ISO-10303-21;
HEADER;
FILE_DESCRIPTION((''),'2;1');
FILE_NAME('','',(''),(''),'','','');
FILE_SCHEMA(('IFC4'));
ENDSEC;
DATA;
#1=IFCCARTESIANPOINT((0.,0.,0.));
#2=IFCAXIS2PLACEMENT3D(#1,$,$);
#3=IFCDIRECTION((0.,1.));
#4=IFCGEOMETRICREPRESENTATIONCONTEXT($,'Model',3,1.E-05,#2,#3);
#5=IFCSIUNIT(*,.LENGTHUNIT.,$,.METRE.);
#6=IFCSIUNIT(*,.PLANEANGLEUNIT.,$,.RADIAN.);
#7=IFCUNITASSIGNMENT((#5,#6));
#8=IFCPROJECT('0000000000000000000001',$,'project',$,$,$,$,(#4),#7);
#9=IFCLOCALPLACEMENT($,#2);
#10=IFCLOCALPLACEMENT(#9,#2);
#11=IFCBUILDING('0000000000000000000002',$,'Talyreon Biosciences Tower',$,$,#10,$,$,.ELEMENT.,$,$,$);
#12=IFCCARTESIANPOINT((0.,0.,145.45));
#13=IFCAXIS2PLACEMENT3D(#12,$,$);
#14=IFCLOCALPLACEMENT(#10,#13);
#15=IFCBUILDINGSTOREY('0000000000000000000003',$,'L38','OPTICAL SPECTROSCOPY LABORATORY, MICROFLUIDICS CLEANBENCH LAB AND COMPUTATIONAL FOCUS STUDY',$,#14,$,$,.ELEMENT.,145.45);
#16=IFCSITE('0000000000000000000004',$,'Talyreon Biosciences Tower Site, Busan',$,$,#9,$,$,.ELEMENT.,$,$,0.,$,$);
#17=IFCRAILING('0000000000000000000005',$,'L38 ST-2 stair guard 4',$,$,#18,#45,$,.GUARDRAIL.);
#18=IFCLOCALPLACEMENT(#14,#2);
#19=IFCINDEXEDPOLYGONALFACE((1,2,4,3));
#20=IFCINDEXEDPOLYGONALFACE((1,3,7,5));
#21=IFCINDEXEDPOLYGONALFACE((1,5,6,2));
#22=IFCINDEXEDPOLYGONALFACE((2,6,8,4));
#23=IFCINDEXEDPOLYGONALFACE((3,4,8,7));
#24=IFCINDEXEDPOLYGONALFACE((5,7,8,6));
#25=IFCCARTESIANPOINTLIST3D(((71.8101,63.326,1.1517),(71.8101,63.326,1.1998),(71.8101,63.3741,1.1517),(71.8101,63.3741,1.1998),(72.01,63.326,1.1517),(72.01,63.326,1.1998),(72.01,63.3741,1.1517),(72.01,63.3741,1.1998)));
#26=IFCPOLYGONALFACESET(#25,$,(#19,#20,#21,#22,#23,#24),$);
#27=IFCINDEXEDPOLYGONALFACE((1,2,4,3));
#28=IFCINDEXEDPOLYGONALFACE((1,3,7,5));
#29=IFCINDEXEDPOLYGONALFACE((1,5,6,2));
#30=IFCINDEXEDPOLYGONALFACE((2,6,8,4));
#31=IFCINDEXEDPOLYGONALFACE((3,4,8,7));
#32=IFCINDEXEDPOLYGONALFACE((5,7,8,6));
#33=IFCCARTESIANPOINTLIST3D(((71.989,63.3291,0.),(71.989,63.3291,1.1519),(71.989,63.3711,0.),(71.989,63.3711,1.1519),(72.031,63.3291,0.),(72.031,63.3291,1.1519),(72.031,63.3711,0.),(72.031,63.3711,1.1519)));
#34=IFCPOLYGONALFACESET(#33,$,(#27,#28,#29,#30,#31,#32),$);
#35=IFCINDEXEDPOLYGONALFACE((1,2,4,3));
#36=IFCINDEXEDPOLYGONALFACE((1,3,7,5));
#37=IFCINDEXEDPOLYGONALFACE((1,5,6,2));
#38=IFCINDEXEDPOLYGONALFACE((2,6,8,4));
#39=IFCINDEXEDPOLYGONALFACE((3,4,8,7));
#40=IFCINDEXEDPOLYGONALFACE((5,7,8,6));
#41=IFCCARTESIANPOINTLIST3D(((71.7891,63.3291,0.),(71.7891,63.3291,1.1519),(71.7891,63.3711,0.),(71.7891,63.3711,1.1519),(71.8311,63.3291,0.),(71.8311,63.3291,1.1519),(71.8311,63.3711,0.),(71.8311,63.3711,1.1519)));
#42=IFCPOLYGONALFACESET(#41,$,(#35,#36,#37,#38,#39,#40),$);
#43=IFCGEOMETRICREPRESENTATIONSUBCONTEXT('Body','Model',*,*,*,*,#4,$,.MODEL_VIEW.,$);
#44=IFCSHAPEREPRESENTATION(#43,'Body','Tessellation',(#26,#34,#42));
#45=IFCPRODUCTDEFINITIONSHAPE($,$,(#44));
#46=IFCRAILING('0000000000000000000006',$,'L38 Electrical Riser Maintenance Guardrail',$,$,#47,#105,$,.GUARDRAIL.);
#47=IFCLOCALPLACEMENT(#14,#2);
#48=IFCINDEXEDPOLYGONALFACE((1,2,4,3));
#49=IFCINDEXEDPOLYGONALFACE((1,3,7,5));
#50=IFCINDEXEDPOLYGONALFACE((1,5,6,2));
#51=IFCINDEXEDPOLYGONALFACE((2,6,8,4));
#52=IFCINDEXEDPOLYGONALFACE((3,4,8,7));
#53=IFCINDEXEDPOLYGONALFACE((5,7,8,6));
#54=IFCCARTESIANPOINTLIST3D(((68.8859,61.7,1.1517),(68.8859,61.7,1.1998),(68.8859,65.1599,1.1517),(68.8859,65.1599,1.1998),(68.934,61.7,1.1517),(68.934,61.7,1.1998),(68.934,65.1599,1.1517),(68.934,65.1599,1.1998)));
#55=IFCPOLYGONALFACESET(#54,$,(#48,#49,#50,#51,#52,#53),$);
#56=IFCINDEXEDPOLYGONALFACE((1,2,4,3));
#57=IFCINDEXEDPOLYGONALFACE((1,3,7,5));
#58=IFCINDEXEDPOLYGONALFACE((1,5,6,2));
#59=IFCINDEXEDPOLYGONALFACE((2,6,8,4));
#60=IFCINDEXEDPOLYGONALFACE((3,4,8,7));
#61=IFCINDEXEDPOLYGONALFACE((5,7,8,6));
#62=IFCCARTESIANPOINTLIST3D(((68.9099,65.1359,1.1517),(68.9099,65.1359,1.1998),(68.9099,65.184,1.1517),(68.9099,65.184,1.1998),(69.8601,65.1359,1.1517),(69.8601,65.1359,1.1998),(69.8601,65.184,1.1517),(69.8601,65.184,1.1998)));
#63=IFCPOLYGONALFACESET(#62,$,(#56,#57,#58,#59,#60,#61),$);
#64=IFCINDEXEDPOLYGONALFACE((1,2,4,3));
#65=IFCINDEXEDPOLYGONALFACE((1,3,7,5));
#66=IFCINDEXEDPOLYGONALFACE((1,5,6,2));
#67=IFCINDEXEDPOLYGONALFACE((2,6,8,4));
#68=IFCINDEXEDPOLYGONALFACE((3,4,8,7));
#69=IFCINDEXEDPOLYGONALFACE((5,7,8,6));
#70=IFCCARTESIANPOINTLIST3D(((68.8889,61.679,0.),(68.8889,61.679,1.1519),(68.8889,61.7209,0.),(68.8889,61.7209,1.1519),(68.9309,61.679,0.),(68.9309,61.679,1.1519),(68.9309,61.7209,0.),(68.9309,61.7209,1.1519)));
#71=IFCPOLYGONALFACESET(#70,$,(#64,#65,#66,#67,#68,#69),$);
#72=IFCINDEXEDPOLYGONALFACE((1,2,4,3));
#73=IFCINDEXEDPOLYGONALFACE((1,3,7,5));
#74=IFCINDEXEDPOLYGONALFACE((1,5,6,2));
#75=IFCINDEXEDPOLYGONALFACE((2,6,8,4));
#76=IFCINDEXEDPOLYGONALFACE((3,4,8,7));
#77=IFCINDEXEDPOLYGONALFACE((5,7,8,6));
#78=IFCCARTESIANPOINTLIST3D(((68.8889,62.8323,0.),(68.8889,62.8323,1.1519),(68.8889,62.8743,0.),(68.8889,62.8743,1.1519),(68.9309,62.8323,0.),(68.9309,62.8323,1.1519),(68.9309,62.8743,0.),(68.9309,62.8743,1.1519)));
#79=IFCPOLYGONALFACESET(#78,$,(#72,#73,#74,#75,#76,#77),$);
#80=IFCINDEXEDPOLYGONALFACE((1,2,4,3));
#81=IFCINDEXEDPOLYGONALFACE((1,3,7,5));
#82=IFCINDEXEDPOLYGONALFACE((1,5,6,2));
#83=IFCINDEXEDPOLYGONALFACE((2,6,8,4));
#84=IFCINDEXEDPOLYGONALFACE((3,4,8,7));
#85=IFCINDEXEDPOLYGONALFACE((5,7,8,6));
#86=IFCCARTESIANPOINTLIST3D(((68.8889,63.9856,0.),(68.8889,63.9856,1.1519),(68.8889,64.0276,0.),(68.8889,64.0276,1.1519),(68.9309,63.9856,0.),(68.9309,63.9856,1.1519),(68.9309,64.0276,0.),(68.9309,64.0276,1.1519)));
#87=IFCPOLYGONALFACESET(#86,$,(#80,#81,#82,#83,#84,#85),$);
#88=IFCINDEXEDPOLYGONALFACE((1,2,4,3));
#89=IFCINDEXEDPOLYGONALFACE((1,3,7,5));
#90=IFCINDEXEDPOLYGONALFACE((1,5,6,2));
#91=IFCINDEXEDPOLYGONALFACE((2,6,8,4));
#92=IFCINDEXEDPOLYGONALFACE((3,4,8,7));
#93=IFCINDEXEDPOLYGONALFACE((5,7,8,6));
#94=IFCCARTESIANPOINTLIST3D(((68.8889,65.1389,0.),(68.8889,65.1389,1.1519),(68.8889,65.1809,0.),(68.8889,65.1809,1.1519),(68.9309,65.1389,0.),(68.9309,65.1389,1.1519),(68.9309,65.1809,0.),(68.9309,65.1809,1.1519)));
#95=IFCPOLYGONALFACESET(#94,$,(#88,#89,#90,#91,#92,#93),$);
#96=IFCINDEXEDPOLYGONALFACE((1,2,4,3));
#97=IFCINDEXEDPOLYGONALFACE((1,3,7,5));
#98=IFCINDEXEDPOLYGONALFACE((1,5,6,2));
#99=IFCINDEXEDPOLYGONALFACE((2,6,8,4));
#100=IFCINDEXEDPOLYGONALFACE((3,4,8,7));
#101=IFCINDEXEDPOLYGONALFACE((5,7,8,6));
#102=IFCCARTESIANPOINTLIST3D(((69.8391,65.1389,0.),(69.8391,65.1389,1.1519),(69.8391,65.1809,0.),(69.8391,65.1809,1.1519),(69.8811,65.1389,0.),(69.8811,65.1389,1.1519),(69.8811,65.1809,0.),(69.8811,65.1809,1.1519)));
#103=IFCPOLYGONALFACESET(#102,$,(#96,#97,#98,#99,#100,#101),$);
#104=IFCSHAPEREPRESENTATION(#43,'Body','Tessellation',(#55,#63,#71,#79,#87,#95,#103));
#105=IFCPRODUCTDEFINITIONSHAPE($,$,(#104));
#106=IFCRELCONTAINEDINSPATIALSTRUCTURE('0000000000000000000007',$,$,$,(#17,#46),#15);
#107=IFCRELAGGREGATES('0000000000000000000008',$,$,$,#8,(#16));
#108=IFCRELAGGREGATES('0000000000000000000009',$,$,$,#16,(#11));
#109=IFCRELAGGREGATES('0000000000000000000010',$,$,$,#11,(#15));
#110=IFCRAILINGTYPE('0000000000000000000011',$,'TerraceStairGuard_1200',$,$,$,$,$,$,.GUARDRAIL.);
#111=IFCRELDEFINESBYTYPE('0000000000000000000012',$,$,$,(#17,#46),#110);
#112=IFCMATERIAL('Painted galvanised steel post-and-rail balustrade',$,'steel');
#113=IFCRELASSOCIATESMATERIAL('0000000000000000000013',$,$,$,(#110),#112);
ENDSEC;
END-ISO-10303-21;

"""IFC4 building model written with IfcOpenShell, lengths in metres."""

from ifc_helpers import new_model, si_unit, direction, frame, origin, origin_2d, place, context, subcontext, project, spatial, rectangle, extrude, material, type_object, element, save


model = new_model("IFC4")

# Units and contexts
model_context = context("Model", 3, precision=1e-05, world=origin(), true_north=direction((0.0, 1.0)))
body_context = subcontext(model_context, "Body", "Model", "MODEL_VIEW")
ifc_project = project(units=[si_unit("LENGTHUNIT", "METRE"), si_unit("PLANEANGLEUNIT", "RADIAN")], contexts=[model_context])

# Site, building, storey
site_placement = place(None, origin())
site = spatial("IfcSite", under=ifc_project, at=site_placement, Name="Talyreon Biosciences Tower Site, Busan", CompositionType="ELEMENT", RefElevation=0.0)
building_placement = place(site_placement, origin())
building = spatial("IfcBuilding", under=site, at=building_placement, Name="Talyreon Biosciences Tower", CompositionType="ELEMENT")
storey_placement = place(building_placement, frame((0.0, 0.0, 145.45)))
storey = spatial("IfcBuildingStorey", under=building, at=storey_placement, Name="L38", Description="OPTICAL SPECTROSCOPY LABORATORY, MICROFLUIDICS CLEANBENCH LAB AND COMPUTATIONAL FOCUS STUDY", CompositionType="ELEMENT", Elevation=145.45)

# Railings
ifc_material_1 = material(Name="Painted galvanised steel post-and-rail balustrade", Category="steel")
railing_type_1 = type_object("IfcRailingType", Name="TerraceStairGuard_1200", PredefinedType="GUARDRAIL", material=ifc_material_1)
railing_1_placement = place(storey_placement, frame((72.01, 63.3501, 0.0)))
element("IfcRailing", 1, at=railing_1_placement, inside=storey, type_object=railing_type_1, Name="L38 ST-2 stair guard 4", PredefinedType="GUARDRAIL", context=body_context, shape_type="SweptSolid", body=[
    extrude(rectangle(XDim=0.0481, YDim=0.0481, at=origin_2d()), frame((0.0, 0.0, 1.1758), z_axis=(-1.0, 0.0, 0.0), x_axis=(0.0, -1.0, 0.0)), (0.0, 0.0, 1.0), 0.2),
    extrude(rectangle(XDim=0.042, YDim=0.042, at=origin_2d()), origin(), (0.0, 0.0, 1.0), 1.1519),
    extrude(rectangle(XDim=0.042, YDim=0.042, at=origin_2d()), frame((-0.2, 0.0, 0.0)), (0.0, 0.0, 1.0), 1.1519),
])
railing_2_placement = place(storey_placement, frame((68.9099, 61.7, 0.0)))
element("IfcRailing", 2, at=railing_2_placement, inside=storey, type_object=railing_type_1, Name="L38 Electrical Riser Maintenance Guardrail", PredefinedType="GUARDRAIL", context=body_context, shape_type="SweptSolid", body=[
    extrude(rectangle(XDim=0.0481, YDim=0.0481, at=origin_2d()), frame((0.0, 0.0, 1.1758), z_axis=(0.0, 1.0, 0.0), x_axis=(-1.0, 0.0, 0.0)), (0.0, 0.0, 1.0), 3.46),
    extrude(rectangle(XDim=0.0481, YDim=0.0481, at=origin_2d()), frame((0.0, 3.46, 1.1758), z_axis=(1.0, 0.0, 0.0), x_axis=(0.0, 1.0, 0.0)), (0.0, 0.0, 1.0), 0.9502),
    extrude(rectangle(XDim=0.042, YDim=0.042, at=origin_2d()), origin(), (0.0, 0.0, 1.0), 1.1519),
    extrude(rectangle(XDim=0.042, YDim=0.042, at=origin_2d()), frame((0.0, 1.1533, 0.0)), (0.0, 0.0, 1.0), 1.1519),
    extrude(rectangle(XDim=0.042, YDim=0.042, at=origin_2d()), frame((0.0, 2.3066, 0.0)), (0.0, 0.0, 1.0), 1.1519),
    extrude(rectangle(XDim=0.042, YDim=0.042, at=origin_2d()), frame((0.0, 3.46, 0.0)), (0.0, 0.0, 1.0), 1.1519),
    extrude(rectangle(XDim=0.042, YDim=0.042, at=origin_2d()), frame((0.9502, 3.46, 0.0)), (0.0, 0.0, 1.0), 1.1519),
])

save(model, "model.ifc")
